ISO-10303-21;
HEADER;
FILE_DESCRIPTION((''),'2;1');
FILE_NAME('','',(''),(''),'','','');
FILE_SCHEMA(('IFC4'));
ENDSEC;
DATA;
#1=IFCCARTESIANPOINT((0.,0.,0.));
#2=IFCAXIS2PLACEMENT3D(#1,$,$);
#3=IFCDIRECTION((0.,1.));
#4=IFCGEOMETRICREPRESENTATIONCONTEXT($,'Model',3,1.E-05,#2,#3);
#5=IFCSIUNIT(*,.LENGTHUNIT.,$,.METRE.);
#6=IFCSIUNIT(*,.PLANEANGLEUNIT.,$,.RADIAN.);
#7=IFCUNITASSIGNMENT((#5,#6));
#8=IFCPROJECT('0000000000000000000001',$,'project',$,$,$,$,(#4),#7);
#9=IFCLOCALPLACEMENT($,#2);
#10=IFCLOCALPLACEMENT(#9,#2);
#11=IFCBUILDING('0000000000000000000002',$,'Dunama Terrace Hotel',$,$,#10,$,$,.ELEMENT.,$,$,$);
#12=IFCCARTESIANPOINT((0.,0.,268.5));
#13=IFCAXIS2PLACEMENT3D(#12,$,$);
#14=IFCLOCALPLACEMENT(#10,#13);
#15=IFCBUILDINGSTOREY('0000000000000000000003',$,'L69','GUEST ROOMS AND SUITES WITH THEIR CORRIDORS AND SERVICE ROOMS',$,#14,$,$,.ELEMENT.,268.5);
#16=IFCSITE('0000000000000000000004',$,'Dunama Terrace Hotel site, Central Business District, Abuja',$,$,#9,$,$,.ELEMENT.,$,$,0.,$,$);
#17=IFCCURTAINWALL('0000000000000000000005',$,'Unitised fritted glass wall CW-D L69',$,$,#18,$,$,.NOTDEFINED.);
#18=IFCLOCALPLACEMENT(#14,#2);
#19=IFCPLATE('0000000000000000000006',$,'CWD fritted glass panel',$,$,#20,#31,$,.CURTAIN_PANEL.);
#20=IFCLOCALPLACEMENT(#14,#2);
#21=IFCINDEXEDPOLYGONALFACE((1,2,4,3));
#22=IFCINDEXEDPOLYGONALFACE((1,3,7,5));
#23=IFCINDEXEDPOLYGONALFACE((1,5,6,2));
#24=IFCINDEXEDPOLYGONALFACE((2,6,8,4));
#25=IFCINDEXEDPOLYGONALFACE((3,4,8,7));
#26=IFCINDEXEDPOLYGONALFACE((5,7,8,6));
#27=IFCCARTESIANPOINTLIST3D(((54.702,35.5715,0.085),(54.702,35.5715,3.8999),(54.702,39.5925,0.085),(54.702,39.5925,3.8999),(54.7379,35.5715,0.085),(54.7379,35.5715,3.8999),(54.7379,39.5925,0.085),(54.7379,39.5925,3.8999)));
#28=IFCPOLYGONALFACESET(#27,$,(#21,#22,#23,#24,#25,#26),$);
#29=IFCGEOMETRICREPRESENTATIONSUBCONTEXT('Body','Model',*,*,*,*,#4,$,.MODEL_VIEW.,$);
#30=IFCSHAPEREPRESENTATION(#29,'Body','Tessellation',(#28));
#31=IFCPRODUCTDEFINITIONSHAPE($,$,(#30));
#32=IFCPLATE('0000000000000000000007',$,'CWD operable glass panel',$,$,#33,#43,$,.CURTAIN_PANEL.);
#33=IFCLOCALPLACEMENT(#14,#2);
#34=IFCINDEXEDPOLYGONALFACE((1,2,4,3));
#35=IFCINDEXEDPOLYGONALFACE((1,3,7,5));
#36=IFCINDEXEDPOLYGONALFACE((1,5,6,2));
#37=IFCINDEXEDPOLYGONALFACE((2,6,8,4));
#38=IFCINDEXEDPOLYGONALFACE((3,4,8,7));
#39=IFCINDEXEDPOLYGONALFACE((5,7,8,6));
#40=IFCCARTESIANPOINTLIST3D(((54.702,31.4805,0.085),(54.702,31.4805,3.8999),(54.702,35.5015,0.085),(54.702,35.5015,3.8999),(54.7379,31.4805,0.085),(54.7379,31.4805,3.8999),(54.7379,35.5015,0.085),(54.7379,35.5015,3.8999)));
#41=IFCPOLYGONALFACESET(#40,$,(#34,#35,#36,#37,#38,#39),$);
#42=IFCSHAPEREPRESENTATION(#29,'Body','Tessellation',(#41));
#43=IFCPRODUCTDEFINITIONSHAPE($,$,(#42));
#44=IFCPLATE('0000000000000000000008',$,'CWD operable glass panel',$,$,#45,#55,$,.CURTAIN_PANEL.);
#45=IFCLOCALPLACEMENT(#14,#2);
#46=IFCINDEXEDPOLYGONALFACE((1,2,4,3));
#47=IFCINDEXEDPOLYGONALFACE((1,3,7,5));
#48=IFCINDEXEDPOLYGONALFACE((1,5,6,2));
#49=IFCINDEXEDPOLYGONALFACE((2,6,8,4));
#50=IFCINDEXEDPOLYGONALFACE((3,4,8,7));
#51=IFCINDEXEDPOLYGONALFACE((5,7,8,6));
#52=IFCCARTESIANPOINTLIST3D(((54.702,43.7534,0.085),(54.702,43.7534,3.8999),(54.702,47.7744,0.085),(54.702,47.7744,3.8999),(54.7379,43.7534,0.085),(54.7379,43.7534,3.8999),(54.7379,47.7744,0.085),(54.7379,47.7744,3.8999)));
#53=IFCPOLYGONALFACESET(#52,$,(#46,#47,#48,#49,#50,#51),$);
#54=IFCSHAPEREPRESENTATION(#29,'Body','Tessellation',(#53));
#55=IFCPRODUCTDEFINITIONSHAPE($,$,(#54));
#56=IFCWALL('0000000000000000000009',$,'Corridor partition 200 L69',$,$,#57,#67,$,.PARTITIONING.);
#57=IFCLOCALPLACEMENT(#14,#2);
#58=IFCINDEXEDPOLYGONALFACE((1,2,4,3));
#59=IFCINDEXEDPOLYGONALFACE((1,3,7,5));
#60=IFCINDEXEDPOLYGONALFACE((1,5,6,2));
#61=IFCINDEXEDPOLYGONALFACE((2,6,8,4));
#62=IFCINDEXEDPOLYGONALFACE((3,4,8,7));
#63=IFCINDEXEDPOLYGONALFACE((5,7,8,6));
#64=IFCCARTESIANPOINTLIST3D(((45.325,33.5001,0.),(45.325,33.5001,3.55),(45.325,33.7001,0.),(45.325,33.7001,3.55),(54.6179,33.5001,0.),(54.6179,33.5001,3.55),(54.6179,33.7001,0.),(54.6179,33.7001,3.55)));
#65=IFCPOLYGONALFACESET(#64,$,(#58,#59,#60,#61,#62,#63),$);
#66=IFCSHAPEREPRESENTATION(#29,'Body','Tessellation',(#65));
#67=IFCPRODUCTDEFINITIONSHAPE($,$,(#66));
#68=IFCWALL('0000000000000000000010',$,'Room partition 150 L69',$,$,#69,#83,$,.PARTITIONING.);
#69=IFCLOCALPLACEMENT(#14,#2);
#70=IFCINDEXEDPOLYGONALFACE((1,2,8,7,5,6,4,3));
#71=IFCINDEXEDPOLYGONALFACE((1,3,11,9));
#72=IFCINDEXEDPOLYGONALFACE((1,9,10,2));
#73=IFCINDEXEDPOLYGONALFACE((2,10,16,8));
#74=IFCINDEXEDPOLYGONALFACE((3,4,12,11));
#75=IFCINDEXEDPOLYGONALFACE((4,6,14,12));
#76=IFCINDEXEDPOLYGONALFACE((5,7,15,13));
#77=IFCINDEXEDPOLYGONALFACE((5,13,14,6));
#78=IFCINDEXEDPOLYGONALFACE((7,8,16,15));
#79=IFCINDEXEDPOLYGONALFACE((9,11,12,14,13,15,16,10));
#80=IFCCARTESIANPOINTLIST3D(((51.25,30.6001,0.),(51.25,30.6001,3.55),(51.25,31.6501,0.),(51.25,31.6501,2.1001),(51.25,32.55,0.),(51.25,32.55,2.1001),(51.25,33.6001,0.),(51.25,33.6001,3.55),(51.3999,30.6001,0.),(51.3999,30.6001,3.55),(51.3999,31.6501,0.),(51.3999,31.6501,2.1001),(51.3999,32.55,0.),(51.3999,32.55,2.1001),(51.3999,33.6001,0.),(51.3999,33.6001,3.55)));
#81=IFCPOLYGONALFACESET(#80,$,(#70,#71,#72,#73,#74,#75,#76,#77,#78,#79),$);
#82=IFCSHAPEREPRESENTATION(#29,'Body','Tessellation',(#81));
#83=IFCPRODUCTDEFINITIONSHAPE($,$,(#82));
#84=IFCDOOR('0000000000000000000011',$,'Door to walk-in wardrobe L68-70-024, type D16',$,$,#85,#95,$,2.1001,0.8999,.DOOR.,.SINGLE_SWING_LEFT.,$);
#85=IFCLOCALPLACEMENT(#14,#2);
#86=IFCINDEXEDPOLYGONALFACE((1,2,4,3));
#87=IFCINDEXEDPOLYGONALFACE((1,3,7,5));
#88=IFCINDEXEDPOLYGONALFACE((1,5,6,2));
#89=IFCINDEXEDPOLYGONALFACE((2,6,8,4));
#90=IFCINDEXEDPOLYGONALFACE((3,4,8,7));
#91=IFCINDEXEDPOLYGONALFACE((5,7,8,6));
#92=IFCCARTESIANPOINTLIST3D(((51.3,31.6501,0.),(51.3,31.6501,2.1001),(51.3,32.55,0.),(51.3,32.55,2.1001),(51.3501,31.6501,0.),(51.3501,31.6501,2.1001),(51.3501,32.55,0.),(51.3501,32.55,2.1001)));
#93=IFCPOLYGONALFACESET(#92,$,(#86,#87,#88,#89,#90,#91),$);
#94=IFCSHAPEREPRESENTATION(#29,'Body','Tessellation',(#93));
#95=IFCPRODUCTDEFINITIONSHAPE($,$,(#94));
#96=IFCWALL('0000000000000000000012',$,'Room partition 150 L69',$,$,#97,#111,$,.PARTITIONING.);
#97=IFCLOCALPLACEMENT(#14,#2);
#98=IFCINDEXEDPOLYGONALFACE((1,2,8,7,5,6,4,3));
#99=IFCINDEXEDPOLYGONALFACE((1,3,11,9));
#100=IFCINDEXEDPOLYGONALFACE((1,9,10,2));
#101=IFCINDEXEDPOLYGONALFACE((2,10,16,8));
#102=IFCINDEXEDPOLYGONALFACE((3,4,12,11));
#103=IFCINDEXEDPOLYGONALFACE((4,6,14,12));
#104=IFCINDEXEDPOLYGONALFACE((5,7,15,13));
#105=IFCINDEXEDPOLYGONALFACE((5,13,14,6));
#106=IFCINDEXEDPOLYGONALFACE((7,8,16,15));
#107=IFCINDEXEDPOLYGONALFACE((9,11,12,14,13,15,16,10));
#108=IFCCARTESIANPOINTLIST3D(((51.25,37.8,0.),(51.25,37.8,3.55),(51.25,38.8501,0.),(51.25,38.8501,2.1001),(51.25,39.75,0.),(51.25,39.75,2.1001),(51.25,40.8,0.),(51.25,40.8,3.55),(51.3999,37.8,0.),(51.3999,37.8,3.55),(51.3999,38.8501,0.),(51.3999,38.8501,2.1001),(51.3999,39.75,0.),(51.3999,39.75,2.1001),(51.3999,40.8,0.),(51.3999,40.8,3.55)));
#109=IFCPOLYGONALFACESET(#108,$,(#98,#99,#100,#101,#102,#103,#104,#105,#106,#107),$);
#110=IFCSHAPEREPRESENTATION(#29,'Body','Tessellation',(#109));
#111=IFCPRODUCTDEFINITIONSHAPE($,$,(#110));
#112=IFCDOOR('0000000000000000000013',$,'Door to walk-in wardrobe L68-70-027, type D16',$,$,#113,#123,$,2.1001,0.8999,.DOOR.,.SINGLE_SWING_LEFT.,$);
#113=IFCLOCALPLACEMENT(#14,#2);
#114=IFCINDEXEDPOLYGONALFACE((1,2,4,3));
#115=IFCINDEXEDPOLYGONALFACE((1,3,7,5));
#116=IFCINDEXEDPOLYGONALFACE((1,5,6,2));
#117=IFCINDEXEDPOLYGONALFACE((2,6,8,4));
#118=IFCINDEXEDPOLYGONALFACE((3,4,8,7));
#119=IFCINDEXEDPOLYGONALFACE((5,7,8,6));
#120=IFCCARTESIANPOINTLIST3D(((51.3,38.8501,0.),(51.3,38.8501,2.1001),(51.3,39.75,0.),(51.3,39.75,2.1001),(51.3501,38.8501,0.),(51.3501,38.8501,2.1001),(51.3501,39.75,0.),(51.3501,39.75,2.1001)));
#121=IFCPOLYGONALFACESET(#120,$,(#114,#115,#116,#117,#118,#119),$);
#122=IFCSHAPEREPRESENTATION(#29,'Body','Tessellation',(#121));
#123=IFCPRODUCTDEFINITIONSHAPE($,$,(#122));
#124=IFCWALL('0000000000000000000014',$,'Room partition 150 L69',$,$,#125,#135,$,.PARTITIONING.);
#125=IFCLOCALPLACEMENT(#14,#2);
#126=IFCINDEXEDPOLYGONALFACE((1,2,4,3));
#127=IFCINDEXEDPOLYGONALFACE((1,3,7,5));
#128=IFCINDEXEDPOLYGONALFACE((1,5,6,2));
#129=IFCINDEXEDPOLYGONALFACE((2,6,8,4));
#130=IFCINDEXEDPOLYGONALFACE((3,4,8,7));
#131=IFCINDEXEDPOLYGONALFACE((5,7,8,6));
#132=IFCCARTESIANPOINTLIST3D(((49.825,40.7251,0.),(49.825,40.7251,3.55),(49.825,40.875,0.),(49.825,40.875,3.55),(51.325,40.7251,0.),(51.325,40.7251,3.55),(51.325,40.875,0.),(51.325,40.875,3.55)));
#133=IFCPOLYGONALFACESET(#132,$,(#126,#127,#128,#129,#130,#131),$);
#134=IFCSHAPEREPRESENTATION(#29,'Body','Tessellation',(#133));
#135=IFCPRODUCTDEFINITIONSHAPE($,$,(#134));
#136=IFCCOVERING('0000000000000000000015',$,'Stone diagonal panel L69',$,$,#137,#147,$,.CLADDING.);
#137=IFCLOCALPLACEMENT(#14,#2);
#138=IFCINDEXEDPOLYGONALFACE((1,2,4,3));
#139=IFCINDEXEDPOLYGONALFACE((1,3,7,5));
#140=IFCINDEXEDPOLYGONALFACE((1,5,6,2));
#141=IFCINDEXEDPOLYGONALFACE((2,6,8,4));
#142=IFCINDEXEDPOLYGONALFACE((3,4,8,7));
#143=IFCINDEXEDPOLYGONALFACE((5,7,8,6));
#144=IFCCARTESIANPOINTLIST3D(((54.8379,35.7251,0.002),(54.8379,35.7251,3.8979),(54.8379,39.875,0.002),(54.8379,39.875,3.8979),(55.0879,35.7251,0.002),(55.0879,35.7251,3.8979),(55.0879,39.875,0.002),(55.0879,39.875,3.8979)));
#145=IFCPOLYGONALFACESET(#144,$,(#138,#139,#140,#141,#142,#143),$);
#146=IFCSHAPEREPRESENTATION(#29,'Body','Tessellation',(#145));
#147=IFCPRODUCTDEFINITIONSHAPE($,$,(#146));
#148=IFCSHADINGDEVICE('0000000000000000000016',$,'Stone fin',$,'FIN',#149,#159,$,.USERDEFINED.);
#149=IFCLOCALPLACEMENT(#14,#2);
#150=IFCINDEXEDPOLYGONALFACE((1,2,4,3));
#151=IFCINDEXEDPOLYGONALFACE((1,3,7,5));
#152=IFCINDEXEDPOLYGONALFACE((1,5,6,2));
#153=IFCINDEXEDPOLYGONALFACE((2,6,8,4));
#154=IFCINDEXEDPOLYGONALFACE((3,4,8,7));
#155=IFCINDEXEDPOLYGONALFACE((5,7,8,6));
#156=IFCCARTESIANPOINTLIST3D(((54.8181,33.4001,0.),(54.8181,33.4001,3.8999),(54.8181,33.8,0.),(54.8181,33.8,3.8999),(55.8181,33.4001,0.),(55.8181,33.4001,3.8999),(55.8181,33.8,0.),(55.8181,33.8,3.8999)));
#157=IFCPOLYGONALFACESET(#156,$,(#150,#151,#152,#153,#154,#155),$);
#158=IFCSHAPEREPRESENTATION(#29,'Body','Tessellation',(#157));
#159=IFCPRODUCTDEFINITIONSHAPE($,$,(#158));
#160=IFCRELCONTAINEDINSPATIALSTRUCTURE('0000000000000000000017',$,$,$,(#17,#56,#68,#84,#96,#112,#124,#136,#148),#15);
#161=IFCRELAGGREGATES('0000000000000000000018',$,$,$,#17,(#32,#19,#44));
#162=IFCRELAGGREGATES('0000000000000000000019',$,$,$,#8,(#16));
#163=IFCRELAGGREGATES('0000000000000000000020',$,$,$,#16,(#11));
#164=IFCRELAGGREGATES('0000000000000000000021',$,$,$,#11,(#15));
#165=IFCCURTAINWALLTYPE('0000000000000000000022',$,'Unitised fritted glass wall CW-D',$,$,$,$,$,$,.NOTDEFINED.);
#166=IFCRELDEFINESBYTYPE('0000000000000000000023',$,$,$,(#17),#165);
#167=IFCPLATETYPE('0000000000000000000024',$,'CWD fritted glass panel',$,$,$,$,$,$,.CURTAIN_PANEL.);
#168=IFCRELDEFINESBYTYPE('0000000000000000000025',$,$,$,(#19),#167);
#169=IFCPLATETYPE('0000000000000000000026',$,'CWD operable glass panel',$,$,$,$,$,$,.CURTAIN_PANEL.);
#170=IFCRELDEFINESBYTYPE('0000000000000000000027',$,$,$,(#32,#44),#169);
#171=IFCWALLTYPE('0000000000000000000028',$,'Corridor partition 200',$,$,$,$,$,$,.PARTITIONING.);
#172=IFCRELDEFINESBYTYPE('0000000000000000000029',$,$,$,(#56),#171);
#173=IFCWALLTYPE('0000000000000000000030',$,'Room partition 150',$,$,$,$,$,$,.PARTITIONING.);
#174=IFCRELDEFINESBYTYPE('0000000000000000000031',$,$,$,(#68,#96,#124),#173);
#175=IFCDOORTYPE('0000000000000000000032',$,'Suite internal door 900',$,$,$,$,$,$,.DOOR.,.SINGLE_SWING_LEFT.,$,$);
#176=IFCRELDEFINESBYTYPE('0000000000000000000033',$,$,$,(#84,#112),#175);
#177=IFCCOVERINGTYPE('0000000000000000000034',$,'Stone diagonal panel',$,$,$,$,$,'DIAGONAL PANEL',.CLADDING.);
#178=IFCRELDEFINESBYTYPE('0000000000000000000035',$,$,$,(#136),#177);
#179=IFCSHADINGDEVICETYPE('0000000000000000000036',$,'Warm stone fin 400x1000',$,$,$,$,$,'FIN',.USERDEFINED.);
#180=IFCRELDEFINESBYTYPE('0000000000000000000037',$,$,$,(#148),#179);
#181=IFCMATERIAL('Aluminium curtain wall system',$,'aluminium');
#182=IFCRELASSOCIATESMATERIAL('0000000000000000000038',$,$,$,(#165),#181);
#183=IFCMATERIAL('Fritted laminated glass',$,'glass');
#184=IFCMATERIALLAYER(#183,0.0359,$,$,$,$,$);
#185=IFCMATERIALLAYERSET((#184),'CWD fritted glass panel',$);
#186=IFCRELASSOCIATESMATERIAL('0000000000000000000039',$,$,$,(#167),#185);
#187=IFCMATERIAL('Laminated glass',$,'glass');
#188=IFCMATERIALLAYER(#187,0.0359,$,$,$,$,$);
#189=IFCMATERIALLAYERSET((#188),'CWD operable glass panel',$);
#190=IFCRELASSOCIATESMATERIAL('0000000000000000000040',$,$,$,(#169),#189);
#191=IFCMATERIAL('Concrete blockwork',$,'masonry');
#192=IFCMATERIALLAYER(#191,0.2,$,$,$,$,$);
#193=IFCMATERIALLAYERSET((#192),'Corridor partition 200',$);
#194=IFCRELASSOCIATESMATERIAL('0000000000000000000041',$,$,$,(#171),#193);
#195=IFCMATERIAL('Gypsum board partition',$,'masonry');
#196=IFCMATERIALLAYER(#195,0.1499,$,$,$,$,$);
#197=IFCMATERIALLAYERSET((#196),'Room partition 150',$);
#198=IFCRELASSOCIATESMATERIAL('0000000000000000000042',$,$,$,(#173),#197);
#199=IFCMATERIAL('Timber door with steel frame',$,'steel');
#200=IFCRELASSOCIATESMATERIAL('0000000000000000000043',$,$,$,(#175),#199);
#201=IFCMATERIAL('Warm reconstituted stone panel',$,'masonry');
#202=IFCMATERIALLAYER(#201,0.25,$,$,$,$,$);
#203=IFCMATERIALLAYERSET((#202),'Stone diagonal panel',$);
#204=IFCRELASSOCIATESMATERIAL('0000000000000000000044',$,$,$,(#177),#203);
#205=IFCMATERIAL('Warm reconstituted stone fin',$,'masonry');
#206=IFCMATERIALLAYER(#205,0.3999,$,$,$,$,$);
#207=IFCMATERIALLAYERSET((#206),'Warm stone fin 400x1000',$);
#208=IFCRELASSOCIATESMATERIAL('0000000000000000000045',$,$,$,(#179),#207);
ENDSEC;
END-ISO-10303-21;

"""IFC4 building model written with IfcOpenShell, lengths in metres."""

from ifc_helpers import new_model, si_unit, direction, frame, frame_2d, origin, origin_2d, place, context, subcontext, project, spatial, rectangle, extrude, material, layer, layer_set, type_object, element, fill, aggregate, save


model = new_model("IFC4")

# Units and contexts
model_context = context("Model", 3, precision=1e-05, world=origin(), true_north=direction((0.0, 1.0)))
body_context = subcontext(model_context, "Body", "Model", "MODEL_VIEW")
ifc_project = project(units=[si_unit("LENGTHUNIT", "METRE"), si_unit("PLANEANGLEUNIT", "RADIAN")], contexts=[model_context])

# Site, building, storey
site_placement = place(None, origin())
site = spatial("IfcSite", under=ifc_project, at=site_placement, Name="Dunama Terrace Hotel site, Central Business District, Abuja", CompositionType="ELEMENT", RefElevation=0.0)
building_placement = place(site_placement, origin())
building = spatial("IfcBuilding", under=site, at=building_placement, Name="Dunama Terrace Hotel", CompositionType="ELEMENT")
storey_placement = place(building_placement, frame((0.0, 0.0, 268.5)))
storey = spatial("IfcBuildingStorey", under=building, at=storey_placement, Name="L69", Description="GUEST ROOMS AND SUITES WITH THEIR CORRIDORS AND SERVICE ROOMS", CompositionType="ELEMENT", Elevation=268.5)

# Curtain wall
ifc_material_1 = material(Name="Aluminium curtain wall system", Category="aluminium")
curtain_wall_type = type_object("IfcCurtainWallType", Name="Unitised fritted glass wall CW-D", PredefinedType="NOTDEFINED", material=ifc_material_1)
curtain_wall_placement = place(storey_placement, origin())
curtain_wall = element("IfcCurtainWall", 1, at=curtain_wall_placement, inside=storey, type_object=curtain_wall_type, Name="Unitised fritted glass wall CW-D L69", PredefinedType="NOTDEFINED")

# Plates
ifc_material_2 = material(Name="Fritted laminated glass", Category="glass")
ifc_layer_1 = layer(ifc_material_2, 0.0359)
ifc_layer_set_1 = layer_set([ifc_layer_1], Name="CWD fritted glass panel")
plate_type_1 = type_object("IfcPlateType", Name="CWD fritted glass panel", PredefinedType="CURTAIN_PANEL", material=ifc_layer_set_1)
plate_1_placement = place(storey_placement, frame((54.72, 37.582, 0.085), z_axis=(0.0, 0.0, 1.0), x_axis=(0.0, 1.0, 0.0)))
plate_1 = element("IfcPlate", 2, at=plate_1_placement, type_object=plate_type_1, Name="CWD fritted glass panel", PredefinedType="CURTAIN_PANEL", context=body_context, shape_type="SweptSolid", body=[
    extrude(rectangle(XDim=4.021, YDim=0.0359, at=origin_2d()), origin(), (0.0, 0.0, 1.0), 3.8149),
])
ifc_material_3 = material(Name="Laminated glass", Category="glass")
ifc_layer_2 = layer(ifc_material_3, 0.0359)
ifc_layer_set_2 = layer_set([ifc_layer_2], Name="CWD operable glass panel")
plate_type_2 = type_object("IfcPlateType", Name="CWD operable glass panel", PredefinedType="CURTAIN_PANEL", material=ifc_layer_set_2)
plate_2_placement = place(storey_placement, frame((54.72, 33.491, 0.085), z_axis=(0.0, 0.0, 1.0), x_axis=(0.0, 1.0, 0.0)))
plate_2 = element("IfcPlate", 3, at=plate_2_placement, type_object=plate_type_2, Name="CWD operable glass panel", PredefinedType="CURTAIN_PANEL", context=body_context, shape_type="SweptSolid", body=[
    extrude(rectangle(XDim=4.021, YDim=0.0359, at=origin_2d()), origin(), (0.0, 0.0, 1.0), 3.8149),
])
plate_3_placement = place(storey_placement, frame((54.72, 45.7639, 0.085), z_axis=(0.0, 0.0, 1.0), x_axis=(0.0, 1.0, 0.0)))
plate_3 = element("IfcPlate", 4, at=plate_3_placement, type_object=plate_type_2, Name="CWD operable glass panel", PredefinedType="CURTAIN_PANEL", context=body_context, shape_type="SweptSolid", body=[
    extrude(rectangle(XDim=4.021, YDim=0.0359, at=origin_2d()), origin(), (0.0, 0.0, 1.0), 3.8149),
])
aggregate(curtain_wall, [plate_2, plate_1, plate_3])

# Wall
ifc_material_4 = material(Name="Concrete blockwork", Category="masonry")
ifc_layer_3 = layer(ifc_material_4, 0.2)
ifc_layer_set_3 = layer_set([ifc_layer_3], Name="Corridor partition 200")
wall_type_1 = type_object("IfcWallType", Name="Corridor partition 200", PredefinedType="PARTITIONING", material=ifc_layer_set_3)
wall_1_placement = place(storey_placement, frame((54.6179, 33.6001, 0.0), z_axis=(0.0, 0.0, 1.0), x_axis=(-1.0, 0.0, 0.0)))
element("IfcWall", 5, at=wall_1_placement, inside=storey, type_object=wall_type_1, Name="Corridor partition 200 L69", PredefinedType="PARTITIONING", context=body_context, shape_type="SweptSolid", body=[
    extrude(rectangle(XDim=9.293, YDim=0.2, at=frame_2d((4.6465, 0.0))), origin(), (0.0, 0.0, 1.0), 3.55),
])

# Walls, openings, doors
ifc_material_5 = material(Name="Gypsum board partition", Category="masonry")
ifc_layer_4 = layer(ifc_material_5, 0.1499)
ifc_layer_set_4 = layer_set([ifc_layer_4], Name="Room partition 150")
wall_type_2 = type_object("IfcWallType", Name="Room partition 150", PredefinedType="PARTITIONING", material=ifc_layer_set_4)
wall_2_placement = place(storey_placement, frame((51.325, 30.6001, 0.0), z_axis=(0.0, 0.0, 1.0), x_axis=(0.0, 1.0, 0.0)))
wall_2 = element("IfcWall", 6, at=wall_2_placement, inside=storey, type_object=wall_type_2, Name="Room partition 150 L69", PredefinedType="PARTITIONING", context=body_context, shape_type="SweptSolid", body=[
    extrude(rectangle(XDim=3.0, YDim=0.1499, at=frame_2d((1.5, 0.0))), origin(), (0.0, 0.0, 1.0), 3.55),
])
opening_1_placement = place(wall_2_placement, frame((1.05, 0.0, 0.0)))
opening_1 = element("IfcOpeningElement", 7, at=opening_1_placement, cuts=wall_2, PredefinedType="OPENING", context=body_context, shape_type="SweptSolid", body=[
    extrude(rectangle(XDim=0.8999, YDim=2.1001, at=frame_2d((0.45, 1.05))), frame((0.0, 0.085, 0.0), z_axis=(0.0, -1.0, 0.0), x_axis=(1.0, 0.0, 0.0)), (0.0, 0.0, 1.0), 0.1699),
])
ifc_material_6 = material(Name="Timber door with steel frame", Category="steel")
door_type = type_object("IfcDoorType", Name="Suite internal door 900", OperationType="SINGLE_SWING_LEFT", PredefinedType="DOOR", material=ifc_material_6)
door_1_placement = place(opening_1_placement, origin())
door_1 = element("IfcDoor", 8, at=door_1_placement, inside=storey, type_object=door_type, Name="Door to walk-in wardrobe L68-70-024, type D16", OperationType="SINGLE_SWING_LEFT", OverallHeight=2.1001, OverallWidth=0.8999, PredefinedType="DOOR", context=body_context, shape_type="SweptSolid", body=[
    extrude(rectangle(XDim=0.8999, YDim=2.1001, at=frame_2d((0.45, 1.05))), frame((0.0, 0.0249, 0.0), z_axis=(0.0, -1.0, 0.0), x_axis=(1.0, 0.0, 0.0)), (0.0, 0.0, 1.0), 0.05),
])
fill(opening_1, door_1)
wall_3_placement = place(storey_placement, frame((51.325, 37.8, 0.0), z_axis=(0.0, 0.0, 1.0), x_axis=(0.0, 1.0, 0.0)))
wall_3 = element("IfcWall", 9, at=wall_3_placement, inside=storey, type_object=wall_type_2, Name="Room partition 150 L69", PredefinedType="PARTITIONING", context=body_context, shape_type="SweptSolid", body=[
    extrude(rectangle(XDim=3.0, YDim=0.1499, at=frame_2d((1.5, 0.0))), origin(), (0.0, 0.0, 1.0), 3.55),
])
opening_2_placement = place(wall_3_placement, frame((1.05, 0.0, 0.0)))
opening_2 = element("IfcOpeningElement", 10, at=opening_2_placement, cuts=wall_3, PredefinedType="OPENING", context=body_context, shape_type="SweptSolid", body=[
    extrude(rectangle(XDim=0.8999, YDim=2.1001, at=frame_2d((0.45, 1.05))), frame((0.0, 0.085, 0.0), z_axis=(0.0, -1.0, 0.0), x_axis=(1.0, 0.0, 0.0)), (0.0, 0.0, 1.0), 0.1699),
])
door_2_placement = place(opening_2_placement, origin())
door_2 = element("IfcDoor", 11, at=door_2_placement, inside=storey, type_object=door_type, Name="Door to walk-in wardrobe L68-70-027, type D16", OperationType="SINGLE_SWING_LEFT", OverallHeight=2.1001, OverallWidth=0.8999, PredefinedType="DOOR", context=body_context, shape_type="SweptSolid", body=[
    extrude(rectangle(XDim=0.8999, YDim=2.1001, at=frame_2d((0.45, 1.05))), frame((0.0, 0.0249, 0.0), z_axis=(0.0, -1.0, 0.0), x_axis=(1.0, 0.0, 0.0)), (0.0, 0.0, 1.0), 0.05),
])
fill(opening_2, door_2)

# Wall
wall_4_placement = place(storey_placement, frame((49.825, 40.8, 0.0), z_axis=(0.0, 0.0, 1.0), x_axis=(1.0, 0.0, 0.0)))
element("IfcWall", 12, at=wall_4_placement, inside=storey, type_object=wall_type_2, Name="Room partition 150 L69", PredefinedType="PARTITIONING", context=body_context, shape_type="SweptSolid", body=[
    extrude(rectangle(XDim=1.5, YDim=0.1499, at=frame_2d((0.75, 0.0))), origin(), (0.0, 0.0, 1.0), 3.55),
])

# Covering
ifc_material_7 = material(Name="Warm reconstituted stone panel", Category="masonry")
ifc_layer_5 = layer(ifc_material_7, 0.25)
ifc_layer_set_5 = layer_set([ifc_layer_5], Name="Stone diagonal panel")
covering_type = type_object("IfcCoveringType", Name="Stone diagonal panel", ElementType="DIAGONAL PANEL", PredefinedType="CLADDING", material=ifc_layer_set_5)
covering_placement = place(storey_placement, frame((54.9629, 37.8, 0.002), z_axis=(0.0, 0.0, 1.0), x_axis=(0.0, 1.0, 0.0)))
element("IfcCovering", 13, at=covering_placement, inside=storey, type_object=covering_type, Name="Stone diagonal panel L69", PredefinedType="CLADDING", context=body_context, shape_type="SweptSolid", body=[
    extrude(rectangle(XDim=4.1499, YDim=0.25, at=origin_2d()), origin(), (0.0, 0.0, 1.0), 3.896),
])

# Shading device
ifc_material_8 = material(Name="Warm reconstituted stone fin", Category="masonry")
ifc_layer_6 = layer(ifc_material_8, 0.3999)
ifc_layer_set_6 = layer_set([ifc_layer_6], Name="Warm stone fin 400x1000")
shading_device_type = type_object("IfcShadingDeviceType", Name="Warm stone fin 400x1000", ElementType="FIN", PredefinedType="USERDEFINED", material=ifc_layer_set_6)
shading_device_placement = place(storey_placement, frame((55.3181, 33.6001, 0.0), z_axis=(0.0, 0.0, 1.0), x_axis=(0.0, 1.0, 0.0)))
element("IfcShadingDevice", 14, at=shading_device_placement, inside=storey, type_object=shading_device_type, Name="Stone fin", ObjectType="FIN", PredefinedType="USERDEFINED", context=body_context, shape_type="SweptSolid", body=[
    extrude(rectangle(XDim=0.3999, YDim=1.0, at=origin_2d()), origin(), (0.0, 0.0, 1.0), 3.8999),
])

save(model, "model.ifc")
